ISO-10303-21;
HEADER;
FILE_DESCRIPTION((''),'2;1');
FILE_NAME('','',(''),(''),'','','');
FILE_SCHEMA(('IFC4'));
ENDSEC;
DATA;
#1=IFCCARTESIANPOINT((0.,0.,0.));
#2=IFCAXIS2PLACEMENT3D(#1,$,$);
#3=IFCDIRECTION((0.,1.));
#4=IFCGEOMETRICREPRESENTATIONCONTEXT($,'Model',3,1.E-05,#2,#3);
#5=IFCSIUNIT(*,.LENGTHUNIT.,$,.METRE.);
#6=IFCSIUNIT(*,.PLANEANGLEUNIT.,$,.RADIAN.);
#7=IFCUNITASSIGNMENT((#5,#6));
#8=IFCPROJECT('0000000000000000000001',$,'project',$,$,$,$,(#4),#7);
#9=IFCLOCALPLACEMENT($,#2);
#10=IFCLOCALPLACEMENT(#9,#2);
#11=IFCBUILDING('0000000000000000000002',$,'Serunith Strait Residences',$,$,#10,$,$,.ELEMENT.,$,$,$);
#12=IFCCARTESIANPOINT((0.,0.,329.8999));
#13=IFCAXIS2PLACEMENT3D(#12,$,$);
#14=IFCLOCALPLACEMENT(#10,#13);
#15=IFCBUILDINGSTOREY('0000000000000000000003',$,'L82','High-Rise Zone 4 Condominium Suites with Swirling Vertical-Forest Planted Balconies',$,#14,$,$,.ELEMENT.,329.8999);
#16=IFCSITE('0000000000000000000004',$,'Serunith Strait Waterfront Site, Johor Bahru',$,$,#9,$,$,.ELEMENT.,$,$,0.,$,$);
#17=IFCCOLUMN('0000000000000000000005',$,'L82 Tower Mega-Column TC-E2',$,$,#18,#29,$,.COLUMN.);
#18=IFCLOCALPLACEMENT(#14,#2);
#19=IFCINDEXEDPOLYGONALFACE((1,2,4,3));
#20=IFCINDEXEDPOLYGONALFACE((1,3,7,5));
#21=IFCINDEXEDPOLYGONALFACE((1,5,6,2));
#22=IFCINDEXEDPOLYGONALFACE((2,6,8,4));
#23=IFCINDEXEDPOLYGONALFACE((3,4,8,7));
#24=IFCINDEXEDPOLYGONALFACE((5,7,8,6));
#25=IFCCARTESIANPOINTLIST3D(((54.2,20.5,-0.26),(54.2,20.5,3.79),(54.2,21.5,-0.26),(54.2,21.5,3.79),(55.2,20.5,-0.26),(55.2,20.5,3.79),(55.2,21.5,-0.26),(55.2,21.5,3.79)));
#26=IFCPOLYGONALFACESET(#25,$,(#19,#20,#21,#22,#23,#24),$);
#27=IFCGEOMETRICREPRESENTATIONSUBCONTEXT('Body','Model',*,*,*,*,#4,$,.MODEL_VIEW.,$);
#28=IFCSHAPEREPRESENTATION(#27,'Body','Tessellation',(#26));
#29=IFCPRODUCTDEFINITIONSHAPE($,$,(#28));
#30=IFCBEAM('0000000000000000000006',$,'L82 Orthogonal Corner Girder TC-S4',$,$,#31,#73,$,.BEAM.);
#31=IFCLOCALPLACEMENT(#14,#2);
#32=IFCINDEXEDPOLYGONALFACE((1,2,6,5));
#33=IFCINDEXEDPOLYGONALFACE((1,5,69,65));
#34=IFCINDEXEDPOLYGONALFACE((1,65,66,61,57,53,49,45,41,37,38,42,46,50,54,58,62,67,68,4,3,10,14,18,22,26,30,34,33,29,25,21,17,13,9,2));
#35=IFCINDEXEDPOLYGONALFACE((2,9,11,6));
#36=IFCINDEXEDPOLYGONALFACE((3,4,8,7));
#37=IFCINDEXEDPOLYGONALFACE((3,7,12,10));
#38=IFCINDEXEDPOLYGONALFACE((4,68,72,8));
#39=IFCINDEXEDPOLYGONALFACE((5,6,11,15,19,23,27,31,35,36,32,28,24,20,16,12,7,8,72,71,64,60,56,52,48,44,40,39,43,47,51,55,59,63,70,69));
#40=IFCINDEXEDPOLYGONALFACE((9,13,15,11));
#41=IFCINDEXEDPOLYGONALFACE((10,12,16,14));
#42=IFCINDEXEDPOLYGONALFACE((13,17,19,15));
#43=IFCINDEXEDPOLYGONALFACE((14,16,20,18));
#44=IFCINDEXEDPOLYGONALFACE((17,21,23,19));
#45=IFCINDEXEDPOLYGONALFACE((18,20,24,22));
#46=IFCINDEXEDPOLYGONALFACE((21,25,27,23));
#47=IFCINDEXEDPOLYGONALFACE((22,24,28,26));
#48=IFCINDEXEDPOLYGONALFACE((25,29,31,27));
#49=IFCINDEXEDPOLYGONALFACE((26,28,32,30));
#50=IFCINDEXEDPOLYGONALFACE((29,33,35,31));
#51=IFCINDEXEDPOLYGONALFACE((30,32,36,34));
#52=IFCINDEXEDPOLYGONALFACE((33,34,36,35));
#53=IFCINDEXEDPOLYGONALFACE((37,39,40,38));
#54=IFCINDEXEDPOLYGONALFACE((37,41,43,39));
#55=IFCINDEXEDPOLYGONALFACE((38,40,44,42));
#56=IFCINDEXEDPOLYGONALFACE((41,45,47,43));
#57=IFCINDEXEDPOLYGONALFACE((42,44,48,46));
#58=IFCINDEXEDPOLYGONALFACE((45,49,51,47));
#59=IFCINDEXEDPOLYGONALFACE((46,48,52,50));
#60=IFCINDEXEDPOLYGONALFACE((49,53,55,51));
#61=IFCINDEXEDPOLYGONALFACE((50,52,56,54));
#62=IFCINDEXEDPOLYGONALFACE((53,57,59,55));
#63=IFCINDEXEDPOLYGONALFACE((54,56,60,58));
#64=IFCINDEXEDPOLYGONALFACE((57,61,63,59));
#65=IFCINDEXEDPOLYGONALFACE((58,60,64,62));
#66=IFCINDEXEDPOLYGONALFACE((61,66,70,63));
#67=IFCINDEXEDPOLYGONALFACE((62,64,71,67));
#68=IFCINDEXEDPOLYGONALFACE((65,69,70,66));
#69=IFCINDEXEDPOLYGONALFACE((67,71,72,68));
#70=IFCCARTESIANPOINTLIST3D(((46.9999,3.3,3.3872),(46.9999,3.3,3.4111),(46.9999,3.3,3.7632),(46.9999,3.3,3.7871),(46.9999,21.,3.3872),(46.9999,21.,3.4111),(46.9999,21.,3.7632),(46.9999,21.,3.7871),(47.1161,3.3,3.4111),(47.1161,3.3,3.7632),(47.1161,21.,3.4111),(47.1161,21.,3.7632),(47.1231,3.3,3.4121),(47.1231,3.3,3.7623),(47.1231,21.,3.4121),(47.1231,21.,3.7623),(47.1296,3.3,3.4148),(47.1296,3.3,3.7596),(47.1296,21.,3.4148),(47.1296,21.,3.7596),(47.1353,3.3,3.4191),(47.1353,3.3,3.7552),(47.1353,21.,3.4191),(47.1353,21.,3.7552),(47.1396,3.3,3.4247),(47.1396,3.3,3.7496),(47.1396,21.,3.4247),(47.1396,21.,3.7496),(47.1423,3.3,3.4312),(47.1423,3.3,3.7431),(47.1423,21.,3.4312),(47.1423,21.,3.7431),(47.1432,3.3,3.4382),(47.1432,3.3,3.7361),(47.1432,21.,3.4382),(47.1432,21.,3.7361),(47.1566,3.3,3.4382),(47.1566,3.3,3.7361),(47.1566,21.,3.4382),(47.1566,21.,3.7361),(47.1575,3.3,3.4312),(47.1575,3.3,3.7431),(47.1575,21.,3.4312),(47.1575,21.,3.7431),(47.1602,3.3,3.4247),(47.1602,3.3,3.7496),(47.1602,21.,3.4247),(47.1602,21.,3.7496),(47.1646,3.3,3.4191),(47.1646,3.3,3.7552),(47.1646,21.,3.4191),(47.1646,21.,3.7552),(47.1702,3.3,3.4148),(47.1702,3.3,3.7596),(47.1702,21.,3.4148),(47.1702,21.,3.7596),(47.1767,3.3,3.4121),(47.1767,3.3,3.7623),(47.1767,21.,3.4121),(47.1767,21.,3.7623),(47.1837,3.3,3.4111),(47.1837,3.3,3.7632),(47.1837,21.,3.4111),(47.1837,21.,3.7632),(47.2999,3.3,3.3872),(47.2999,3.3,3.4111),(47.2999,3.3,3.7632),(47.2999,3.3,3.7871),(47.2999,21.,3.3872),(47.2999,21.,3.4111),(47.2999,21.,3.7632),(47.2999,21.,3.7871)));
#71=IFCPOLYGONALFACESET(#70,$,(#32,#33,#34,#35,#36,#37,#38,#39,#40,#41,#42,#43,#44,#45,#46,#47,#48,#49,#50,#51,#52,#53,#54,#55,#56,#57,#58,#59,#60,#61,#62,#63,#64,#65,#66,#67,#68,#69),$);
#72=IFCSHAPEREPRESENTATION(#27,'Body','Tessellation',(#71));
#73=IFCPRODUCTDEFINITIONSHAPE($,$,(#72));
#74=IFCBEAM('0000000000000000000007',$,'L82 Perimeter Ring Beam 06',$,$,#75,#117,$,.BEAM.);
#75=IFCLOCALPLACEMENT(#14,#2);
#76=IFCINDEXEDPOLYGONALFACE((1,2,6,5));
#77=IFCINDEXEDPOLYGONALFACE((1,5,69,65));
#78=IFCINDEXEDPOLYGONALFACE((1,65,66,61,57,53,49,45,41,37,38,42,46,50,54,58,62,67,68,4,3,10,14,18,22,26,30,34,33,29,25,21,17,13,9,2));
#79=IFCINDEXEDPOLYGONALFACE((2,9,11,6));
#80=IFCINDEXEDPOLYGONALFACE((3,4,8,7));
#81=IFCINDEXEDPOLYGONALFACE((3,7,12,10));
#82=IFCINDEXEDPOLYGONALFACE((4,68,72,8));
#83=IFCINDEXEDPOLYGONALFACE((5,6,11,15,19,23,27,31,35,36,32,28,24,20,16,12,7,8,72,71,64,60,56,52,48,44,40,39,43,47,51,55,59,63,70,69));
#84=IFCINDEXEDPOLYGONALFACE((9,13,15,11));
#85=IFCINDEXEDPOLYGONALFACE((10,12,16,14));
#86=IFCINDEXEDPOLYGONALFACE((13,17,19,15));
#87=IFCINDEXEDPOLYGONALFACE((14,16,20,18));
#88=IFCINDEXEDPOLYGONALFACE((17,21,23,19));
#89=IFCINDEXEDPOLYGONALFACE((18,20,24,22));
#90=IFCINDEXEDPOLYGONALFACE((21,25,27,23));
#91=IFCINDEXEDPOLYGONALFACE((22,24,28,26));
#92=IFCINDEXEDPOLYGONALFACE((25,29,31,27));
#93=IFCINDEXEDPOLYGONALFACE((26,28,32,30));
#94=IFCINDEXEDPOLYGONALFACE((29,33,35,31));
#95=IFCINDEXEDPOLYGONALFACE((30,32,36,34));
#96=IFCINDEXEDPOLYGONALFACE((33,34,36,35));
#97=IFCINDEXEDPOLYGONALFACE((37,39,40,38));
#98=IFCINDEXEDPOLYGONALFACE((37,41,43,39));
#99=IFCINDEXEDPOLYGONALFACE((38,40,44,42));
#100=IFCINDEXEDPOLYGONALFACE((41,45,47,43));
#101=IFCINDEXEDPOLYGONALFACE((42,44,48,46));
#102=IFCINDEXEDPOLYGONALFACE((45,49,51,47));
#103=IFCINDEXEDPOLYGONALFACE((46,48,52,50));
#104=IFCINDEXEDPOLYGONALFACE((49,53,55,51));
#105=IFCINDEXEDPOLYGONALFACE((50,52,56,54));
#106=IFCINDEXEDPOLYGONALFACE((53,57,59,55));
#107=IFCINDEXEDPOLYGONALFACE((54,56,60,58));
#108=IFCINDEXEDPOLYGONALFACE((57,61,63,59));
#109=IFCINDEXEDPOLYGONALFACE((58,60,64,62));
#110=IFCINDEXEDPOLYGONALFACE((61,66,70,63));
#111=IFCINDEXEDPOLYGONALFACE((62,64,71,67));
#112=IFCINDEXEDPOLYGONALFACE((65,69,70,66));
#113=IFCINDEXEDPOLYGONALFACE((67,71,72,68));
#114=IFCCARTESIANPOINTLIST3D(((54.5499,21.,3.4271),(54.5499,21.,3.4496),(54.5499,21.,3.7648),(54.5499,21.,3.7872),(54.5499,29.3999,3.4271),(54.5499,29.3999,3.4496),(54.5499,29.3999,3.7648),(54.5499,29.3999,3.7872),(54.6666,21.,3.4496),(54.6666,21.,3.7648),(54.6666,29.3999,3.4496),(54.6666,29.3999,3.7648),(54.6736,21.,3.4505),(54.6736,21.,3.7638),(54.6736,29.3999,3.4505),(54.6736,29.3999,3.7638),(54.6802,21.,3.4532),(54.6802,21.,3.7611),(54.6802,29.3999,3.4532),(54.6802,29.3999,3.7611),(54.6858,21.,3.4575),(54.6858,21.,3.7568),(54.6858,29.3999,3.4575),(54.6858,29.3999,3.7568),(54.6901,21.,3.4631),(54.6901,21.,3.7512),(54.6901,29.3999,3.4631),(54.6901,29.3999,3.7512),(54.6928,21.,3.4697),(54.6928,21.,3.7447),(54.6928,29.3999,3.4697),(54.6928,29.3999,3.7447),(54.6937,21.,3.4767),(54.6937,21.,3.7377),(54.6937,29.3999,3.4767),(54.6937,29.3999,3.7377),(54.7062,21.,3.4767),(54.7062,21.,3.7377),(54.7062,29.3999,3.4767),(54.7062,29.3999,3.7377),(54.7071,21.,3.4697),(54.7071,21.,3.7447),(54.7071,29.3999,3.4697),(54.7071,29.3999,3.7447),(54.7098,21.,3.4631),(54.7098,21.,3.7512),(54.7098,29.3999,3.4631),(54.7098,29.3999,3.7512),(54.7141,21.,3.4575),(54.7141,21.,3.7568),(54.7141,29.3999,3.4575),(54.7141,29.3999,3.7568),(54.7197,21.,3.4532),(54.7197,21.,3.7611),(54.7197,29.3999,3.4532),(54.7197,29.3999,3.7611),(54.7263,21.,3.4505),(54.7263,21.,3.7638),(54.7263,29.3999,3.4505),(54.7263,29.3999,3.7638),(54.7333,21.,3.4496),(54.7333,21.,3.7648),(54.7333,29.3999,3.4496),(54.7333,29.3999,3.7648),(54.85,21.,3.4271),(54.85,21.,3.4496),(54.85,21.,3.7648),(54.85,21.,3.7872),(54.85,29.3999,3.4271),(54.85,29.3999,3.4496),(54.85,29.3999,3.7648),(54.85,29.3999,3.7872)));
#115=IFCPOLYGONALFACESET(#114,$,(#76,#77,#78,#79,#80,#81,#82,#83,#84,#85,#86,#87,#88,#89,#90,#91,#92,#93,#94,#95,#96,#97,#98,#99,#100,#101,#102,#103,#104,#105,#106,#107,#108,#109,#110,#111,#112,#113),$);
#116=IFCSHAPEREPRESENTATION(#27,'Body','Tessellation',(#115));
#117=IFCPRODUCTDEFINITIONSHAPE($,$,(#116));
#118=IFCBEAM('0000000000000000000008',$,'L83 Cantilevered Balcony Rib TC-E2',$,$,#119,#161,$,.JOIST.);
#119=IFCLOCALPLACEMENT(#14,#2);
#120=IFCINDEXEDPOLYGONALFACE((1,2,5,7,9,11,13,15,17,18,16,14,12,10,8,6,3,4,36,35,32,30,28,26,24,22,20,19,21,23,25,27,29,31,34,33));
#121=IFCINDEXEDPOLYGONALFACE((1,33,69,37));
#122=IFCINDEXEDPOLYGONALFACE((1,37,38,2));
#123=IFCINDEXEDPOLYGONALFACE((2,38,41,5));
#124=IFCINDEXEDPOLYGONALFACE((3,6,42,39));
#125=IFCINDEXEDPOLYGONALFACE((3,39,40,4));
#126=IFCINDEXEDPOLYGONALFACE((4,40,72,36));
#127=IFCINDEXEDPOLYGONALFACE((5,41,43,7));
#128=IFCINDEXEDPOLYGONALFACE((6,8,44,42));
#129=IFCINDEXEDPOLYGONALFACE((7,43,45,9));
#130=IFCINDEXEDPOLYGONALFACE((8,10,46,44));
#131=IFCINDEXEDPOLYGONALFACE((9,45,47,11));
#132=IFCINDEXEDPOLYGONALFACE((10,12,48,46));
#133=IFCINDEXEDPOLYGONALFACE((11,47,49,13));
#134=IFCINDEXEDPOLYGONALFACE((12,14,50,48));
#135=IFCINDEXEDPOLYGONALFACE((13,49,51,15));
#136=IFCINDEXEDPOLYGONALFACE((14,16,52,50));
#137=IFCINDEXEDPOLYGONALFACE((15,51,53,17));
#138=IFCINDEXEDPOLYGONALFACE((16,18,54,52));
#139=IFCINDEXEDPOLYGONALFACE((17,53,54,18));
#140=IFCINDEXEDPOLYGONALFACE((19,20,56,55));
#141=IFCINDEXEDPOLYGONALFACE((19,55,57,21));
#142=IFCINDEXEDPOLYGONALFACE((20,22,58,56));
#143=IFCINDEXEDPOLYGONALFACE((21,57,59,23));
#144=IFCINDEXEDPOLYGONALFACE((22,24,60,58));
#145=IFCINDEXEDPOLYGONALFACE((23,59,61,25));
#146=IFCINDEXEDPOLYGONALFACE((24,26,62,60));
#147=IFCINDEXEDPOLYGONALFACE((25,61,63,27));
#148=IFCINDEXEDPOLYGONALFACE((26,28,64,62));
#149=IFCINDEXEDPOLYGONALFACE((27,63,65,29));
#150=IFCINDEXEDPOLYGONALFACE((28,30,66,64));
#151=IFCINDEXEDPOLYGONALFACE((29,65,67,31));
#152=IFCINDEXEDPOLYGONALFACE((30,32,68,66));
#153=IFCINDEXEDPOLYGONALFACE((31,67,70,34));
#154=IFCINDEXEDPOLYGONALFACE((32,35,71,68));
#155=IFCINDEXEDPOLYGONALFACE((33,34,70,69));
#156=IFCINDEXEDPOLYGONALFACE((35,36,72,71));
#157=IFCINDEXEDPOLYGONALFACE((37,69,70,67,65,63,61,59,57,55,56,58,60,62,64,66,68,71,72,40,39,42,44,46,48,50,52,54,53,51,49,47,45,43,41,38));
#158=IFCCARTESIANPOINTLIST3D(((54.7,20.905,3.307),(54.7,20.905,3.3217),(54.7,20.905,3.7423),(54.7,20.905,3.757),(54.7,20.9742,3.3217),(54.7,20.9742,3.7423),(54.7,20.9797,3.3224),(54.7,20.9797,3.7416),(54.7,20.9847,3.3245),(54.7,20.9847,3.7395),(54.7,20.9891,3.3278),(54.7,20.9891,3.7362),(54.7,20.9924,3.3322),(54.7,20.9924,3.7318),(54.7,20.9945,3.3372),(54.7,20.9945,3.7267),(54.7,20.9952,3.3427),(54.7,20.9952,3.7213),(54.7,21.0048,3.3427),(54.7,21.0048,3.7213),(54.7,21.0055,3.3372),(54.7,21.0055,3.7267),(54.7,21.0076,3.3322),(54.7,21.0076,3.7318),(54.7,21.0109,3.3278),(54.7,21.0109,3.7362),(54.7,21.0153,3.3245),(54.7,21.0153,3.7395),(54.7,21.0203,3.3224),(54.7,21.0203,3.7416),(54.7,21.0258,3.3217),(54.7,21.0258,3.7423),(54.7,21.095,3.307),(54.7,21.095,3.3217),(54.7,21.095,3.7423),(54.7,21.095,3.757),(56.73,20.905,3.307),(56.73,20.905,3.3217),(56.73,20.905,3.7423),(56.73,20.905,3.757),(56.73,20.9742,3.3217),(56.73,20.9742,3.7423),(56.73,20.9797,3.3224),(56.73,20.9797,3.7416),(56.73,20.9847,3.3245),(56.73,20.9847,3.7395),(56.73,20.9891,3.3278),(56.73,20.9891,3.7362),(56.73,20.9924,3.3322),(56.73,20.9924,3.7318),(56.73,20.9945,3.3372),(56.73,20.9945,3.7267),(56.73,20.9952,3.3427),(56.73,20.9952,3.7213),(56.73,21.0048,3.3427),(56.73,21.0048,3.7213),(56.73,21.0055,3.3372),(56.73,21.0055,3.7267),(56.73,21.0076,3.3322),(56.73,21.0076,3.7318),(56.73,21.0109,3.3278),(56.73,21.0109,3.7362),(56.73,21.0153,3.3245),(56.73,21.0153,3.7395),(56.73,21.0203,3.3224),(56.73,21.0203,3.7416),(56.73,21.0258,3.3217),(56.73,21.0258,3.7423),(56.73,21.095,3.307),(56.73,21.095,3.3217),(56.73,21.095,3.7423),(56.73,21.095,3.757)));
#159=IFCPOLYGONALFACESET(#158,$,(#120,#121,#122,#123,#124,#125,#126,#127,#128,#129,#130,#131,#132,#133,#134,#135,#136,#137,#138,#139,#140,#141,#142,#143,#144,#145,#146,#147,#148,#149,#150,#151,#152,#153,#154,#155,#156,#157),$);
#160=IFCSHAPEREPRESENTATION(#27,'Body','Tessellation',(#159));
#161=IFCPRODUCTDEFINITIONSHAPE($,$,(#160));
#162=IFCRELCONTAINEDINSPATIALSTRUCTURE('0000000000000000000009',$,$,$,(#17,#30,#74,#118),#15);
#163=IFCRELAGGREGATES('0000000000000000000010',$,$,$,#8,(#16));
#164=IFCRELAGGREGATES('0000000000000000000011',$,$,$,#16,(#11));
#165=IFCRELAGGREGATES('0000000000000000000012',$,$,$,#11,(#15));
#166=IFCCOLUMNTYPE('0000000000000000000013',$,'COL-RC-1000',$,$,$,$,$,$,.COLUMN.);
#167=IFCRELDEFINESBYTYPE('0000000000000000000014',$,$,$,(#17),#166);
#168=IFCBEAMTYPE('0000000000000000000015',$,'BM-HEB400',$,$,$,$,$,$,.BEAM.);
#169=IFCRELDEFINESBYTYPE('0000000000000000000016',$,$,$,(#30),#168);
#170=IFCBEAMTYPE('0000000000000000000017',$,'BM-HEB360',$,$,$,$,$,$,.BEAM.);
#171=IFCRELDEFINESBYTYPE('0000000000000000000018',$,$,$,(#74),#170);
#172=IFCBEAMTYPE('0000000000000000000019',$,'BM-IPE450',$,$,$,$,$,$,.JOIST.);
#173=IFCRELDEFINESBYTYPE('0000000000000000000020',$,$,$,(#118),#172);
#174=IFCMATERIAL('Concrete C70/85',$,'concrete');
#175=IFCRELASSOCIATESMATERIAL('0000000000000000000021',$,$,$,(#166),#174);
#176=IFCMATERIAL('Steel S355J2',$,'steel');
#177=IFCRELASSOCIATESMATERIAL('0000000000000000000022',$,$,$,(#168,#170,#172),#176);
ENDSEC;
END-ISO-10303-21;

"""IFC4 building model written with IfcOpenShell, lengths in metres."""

from ifc_helpers import new_model, si_unit, direction, frame, origin, origin_2d, place, context, subcontext, project, spatial, rectangle, i_section, extrude, source, transform, mapped, material, material_profile, profile_set, type_object, element, save


model = new_model("IFC4")

# Units and contexts
model_context = context("Model", 3, precision=1e-05, world=origin(), true_north=direction((0.0, 1.0)))
body_context = subcontext(model_context, "Body", "Model", "MODEL_VIEW")
ifc_project = project(units=[si_unit("LENGTHUNIT", "METRE"), si_unit("PLANEANGLEUNIT", "RADIAN")], contexts=[model_context])

# Site, building, storey
site_placement = place(None, origin())
site = spatial("IfcSite", under=ifc_project, at=site_placement, Name="Serunith Strait Waterfront Site, Johor Bahru", CompositionType="ELEMENT", RefElevation=0.0)
building_placement = place(site_placement, origin())
building = spatial("IfcBuilding", under=site, at=building_placement, Name="Serunith Strait Residences", CompositionType="ELEMENT")
storey_placement = place(building_placement, frame((0.0, 0.0, 329.8999)))
storey = spatial("IfcBuildingStorey", under=building, at=storey_placement, Name="L82", Description="High-Rise Zone 4 Condominium Suites with Swirling Vertical-Forest Planted Balconies", CompositionType="ELEMENT", Elevation=329.8999)

# Column
ifc_material_1 = material(Name="Concrete C70/85", Category="concrete")
ifc_material_profile_1 = material_profile(ifc_material_1, rectangle(XDim=1.0, YDim=1.0, at=origin_2d()), Name="RC 1000x1000")
ifc_profile_set_1 = profile_set([ifc_material_profile_1], Name="Concrete C70/85")
column_type = type_object("IfcColumnType", Name="COL-RC-1000", PredefinedType="COLUMN", material=ifc_profile_set_1)
shared_shape_1 = source(origin(), body_context, "Body", "SweptSolid", [
    extrude(rectangle(XDim=1.0, YDim=1.0, at=origin_2d()), origin(), (0.0, 0.0, 1.0), 4.05),
])
column_placement = place(storey_placement, frame((54.7, 21.0, -0.26), z_axis=(0.0, 0.0, 1.0), x_axis=(1.0, 0.0, 0.0)))
element("IfcColumn", 1, at=column_placement, inside=storey, type_object=column_type, Name="L82 Tower Mega-Column TC-E2", PredefinedType="COLUMN", context=body_context, shape_type="MappedRepresentation", body=[
    mapped(shared_shape_1, transform((0.0, 0.0, 0.0), scale=1.0)),
])

# Beams
ifc_material_2 = material(Name="Steel S355J2", Category="steel")
ifc_material_profile_2 = material_profile(ifc_material_2, i_section(OverallWidth=0.3, OverallDepth=0.3999, WebThickness=0.0134, FlangeThickness=0.0239, FilletRadius=0.0271, at=origin_2d()), Name="HEB 400")
ifc_profile_set_2 = profile_set([ifc_material_profile_2], Name="Steel S355J2")
beam_type_1 = type_object("IfcBeamType", Name="BM-HEB400", PredefinedType="BEAM", material=ifc_profile_set_2)
shared_shape_2 = source(origin(), body_context, "Body", "SweptSolid", [
    extrude(i_section(OverallWidth=0.3, OverallDepth=0.3999, WebThickness=0.0134, FlangeThickness=0.0239, FilletRadius=0.0271, at=origin_2d()), origin(), (0.0, 0.0, 1.0), 17.7),
])
beam_1_placement = place(storey_placement, frame((47.1499, 21.0, 3.5872), z_axis=(0.0, -1.0, 0.0), x_axis=(1.0, 0.0, 0.0)))
element("IfcBeam", 2, at=beam_1_placement, inside=storey, type_object=beam_type_1, Name="L82 Orthogonal Corner Girder TC-S4", PredefinedType="BEAM", context=body_context, shape_type="MappedRepresentation", body=[
    mapped(shared_shape_2, transform((0.0, 0.0, 0.0), scale=1.0)),
])
ifc_material_profile_3 = material_profile(ifc_material_2, i_section(OverallWidth=0.3, OverallDepth=0.3601, WebThickness=0.0125, FlangeThickness=0.0225, FilletRadius=0.0271, at=origin_2d()), Name="HEB 360")
ifc_profile_set_3 = profile_set([ifc_material_profile_3], Name="Steel S355J2")
beam_type_2 = type_object("IfcBeamType", Name="BM-HEB360", PredefinedType="BEAM", material=ifc_profile_set_3)
shared_shape_3 = source(origin(), body_context, "Body", "SweptSolid", [
    extrude(i_section(OverallWidth=0.3, OverallDepth=0.3601, WebThickness=0.0125, FlangeThickness=0.0225, FilletRadius=0.0271, at=origin_2d()), origin(), (0.0, 0.0, 1.0), 8.3999),
])
beam_2_placement = place(storey_placement, frame((54.7, 21.0, 3.6072), z_axis=(0.0, 1.0, 0.0), x_axis=(-1.0, 0.0, 0.0)))
element("IfcBeam", 3, at=beam_2_placement, inside=storey, type_object=beam_type_2, Name="L82 Perimeter Ring Beam 06", PredefinedType="BEAM", context=body_context, shape_type="MappedRepresentation", body=[
    mapped(shared_shape_3, transform((0.0, 0.0, 0.0), scale=1.0)),
])
ifc_material_profile_4 = material_profile(ifc_material_2, i_section(OverallWidth=0.1899, OverallDepth=0.45, WebThickness=0.0095, FlangeThickness=0.0146, FilletRadius=0.021, at=origin_2d()), Name="IPE 450")
ifc_profile_set_4 = profile_set([ifc_material_profile_4], Name="Steel S355J2")
beam_type_3 = type_object("IfcBeamType", Name="BM-IPE450", PredefinedType="JOIST", material=ifc_profile_set_4)
shared_shape_4 = source(origin(), body_context, "Body", "SweptSolid", [
    extrude(i_section(OverallWidth=0.1899, OverallDepth=0.45, WebThickness=0.0095, FlangeThickness=0.0146, FilletRadius=0.021, at=origin_2d()), origin(), (0.0, 0.0, 1.0), 2.03),
])
beam_3_placement = place(storey_placement, frame((54.7, 21.0, 3.532), z_axis=(1.0, 0.0, 0.0), x_axis=(0.0, 1.0, 0.0)))
element("IfcBeam", 4, at=beam_3_placement, inside=storey, type_object=beam_type_3, Name="L83 Cantilevered Balcony Rib TC-E2", PredefinedType="JOIST", context=body_context, shape_type="MappedRepresentation", body=[
    mapped(shared_shape_4, transform((0.0, 0.0, 0.0), scale=1.0)),
])

save(model, "model.ifc")
